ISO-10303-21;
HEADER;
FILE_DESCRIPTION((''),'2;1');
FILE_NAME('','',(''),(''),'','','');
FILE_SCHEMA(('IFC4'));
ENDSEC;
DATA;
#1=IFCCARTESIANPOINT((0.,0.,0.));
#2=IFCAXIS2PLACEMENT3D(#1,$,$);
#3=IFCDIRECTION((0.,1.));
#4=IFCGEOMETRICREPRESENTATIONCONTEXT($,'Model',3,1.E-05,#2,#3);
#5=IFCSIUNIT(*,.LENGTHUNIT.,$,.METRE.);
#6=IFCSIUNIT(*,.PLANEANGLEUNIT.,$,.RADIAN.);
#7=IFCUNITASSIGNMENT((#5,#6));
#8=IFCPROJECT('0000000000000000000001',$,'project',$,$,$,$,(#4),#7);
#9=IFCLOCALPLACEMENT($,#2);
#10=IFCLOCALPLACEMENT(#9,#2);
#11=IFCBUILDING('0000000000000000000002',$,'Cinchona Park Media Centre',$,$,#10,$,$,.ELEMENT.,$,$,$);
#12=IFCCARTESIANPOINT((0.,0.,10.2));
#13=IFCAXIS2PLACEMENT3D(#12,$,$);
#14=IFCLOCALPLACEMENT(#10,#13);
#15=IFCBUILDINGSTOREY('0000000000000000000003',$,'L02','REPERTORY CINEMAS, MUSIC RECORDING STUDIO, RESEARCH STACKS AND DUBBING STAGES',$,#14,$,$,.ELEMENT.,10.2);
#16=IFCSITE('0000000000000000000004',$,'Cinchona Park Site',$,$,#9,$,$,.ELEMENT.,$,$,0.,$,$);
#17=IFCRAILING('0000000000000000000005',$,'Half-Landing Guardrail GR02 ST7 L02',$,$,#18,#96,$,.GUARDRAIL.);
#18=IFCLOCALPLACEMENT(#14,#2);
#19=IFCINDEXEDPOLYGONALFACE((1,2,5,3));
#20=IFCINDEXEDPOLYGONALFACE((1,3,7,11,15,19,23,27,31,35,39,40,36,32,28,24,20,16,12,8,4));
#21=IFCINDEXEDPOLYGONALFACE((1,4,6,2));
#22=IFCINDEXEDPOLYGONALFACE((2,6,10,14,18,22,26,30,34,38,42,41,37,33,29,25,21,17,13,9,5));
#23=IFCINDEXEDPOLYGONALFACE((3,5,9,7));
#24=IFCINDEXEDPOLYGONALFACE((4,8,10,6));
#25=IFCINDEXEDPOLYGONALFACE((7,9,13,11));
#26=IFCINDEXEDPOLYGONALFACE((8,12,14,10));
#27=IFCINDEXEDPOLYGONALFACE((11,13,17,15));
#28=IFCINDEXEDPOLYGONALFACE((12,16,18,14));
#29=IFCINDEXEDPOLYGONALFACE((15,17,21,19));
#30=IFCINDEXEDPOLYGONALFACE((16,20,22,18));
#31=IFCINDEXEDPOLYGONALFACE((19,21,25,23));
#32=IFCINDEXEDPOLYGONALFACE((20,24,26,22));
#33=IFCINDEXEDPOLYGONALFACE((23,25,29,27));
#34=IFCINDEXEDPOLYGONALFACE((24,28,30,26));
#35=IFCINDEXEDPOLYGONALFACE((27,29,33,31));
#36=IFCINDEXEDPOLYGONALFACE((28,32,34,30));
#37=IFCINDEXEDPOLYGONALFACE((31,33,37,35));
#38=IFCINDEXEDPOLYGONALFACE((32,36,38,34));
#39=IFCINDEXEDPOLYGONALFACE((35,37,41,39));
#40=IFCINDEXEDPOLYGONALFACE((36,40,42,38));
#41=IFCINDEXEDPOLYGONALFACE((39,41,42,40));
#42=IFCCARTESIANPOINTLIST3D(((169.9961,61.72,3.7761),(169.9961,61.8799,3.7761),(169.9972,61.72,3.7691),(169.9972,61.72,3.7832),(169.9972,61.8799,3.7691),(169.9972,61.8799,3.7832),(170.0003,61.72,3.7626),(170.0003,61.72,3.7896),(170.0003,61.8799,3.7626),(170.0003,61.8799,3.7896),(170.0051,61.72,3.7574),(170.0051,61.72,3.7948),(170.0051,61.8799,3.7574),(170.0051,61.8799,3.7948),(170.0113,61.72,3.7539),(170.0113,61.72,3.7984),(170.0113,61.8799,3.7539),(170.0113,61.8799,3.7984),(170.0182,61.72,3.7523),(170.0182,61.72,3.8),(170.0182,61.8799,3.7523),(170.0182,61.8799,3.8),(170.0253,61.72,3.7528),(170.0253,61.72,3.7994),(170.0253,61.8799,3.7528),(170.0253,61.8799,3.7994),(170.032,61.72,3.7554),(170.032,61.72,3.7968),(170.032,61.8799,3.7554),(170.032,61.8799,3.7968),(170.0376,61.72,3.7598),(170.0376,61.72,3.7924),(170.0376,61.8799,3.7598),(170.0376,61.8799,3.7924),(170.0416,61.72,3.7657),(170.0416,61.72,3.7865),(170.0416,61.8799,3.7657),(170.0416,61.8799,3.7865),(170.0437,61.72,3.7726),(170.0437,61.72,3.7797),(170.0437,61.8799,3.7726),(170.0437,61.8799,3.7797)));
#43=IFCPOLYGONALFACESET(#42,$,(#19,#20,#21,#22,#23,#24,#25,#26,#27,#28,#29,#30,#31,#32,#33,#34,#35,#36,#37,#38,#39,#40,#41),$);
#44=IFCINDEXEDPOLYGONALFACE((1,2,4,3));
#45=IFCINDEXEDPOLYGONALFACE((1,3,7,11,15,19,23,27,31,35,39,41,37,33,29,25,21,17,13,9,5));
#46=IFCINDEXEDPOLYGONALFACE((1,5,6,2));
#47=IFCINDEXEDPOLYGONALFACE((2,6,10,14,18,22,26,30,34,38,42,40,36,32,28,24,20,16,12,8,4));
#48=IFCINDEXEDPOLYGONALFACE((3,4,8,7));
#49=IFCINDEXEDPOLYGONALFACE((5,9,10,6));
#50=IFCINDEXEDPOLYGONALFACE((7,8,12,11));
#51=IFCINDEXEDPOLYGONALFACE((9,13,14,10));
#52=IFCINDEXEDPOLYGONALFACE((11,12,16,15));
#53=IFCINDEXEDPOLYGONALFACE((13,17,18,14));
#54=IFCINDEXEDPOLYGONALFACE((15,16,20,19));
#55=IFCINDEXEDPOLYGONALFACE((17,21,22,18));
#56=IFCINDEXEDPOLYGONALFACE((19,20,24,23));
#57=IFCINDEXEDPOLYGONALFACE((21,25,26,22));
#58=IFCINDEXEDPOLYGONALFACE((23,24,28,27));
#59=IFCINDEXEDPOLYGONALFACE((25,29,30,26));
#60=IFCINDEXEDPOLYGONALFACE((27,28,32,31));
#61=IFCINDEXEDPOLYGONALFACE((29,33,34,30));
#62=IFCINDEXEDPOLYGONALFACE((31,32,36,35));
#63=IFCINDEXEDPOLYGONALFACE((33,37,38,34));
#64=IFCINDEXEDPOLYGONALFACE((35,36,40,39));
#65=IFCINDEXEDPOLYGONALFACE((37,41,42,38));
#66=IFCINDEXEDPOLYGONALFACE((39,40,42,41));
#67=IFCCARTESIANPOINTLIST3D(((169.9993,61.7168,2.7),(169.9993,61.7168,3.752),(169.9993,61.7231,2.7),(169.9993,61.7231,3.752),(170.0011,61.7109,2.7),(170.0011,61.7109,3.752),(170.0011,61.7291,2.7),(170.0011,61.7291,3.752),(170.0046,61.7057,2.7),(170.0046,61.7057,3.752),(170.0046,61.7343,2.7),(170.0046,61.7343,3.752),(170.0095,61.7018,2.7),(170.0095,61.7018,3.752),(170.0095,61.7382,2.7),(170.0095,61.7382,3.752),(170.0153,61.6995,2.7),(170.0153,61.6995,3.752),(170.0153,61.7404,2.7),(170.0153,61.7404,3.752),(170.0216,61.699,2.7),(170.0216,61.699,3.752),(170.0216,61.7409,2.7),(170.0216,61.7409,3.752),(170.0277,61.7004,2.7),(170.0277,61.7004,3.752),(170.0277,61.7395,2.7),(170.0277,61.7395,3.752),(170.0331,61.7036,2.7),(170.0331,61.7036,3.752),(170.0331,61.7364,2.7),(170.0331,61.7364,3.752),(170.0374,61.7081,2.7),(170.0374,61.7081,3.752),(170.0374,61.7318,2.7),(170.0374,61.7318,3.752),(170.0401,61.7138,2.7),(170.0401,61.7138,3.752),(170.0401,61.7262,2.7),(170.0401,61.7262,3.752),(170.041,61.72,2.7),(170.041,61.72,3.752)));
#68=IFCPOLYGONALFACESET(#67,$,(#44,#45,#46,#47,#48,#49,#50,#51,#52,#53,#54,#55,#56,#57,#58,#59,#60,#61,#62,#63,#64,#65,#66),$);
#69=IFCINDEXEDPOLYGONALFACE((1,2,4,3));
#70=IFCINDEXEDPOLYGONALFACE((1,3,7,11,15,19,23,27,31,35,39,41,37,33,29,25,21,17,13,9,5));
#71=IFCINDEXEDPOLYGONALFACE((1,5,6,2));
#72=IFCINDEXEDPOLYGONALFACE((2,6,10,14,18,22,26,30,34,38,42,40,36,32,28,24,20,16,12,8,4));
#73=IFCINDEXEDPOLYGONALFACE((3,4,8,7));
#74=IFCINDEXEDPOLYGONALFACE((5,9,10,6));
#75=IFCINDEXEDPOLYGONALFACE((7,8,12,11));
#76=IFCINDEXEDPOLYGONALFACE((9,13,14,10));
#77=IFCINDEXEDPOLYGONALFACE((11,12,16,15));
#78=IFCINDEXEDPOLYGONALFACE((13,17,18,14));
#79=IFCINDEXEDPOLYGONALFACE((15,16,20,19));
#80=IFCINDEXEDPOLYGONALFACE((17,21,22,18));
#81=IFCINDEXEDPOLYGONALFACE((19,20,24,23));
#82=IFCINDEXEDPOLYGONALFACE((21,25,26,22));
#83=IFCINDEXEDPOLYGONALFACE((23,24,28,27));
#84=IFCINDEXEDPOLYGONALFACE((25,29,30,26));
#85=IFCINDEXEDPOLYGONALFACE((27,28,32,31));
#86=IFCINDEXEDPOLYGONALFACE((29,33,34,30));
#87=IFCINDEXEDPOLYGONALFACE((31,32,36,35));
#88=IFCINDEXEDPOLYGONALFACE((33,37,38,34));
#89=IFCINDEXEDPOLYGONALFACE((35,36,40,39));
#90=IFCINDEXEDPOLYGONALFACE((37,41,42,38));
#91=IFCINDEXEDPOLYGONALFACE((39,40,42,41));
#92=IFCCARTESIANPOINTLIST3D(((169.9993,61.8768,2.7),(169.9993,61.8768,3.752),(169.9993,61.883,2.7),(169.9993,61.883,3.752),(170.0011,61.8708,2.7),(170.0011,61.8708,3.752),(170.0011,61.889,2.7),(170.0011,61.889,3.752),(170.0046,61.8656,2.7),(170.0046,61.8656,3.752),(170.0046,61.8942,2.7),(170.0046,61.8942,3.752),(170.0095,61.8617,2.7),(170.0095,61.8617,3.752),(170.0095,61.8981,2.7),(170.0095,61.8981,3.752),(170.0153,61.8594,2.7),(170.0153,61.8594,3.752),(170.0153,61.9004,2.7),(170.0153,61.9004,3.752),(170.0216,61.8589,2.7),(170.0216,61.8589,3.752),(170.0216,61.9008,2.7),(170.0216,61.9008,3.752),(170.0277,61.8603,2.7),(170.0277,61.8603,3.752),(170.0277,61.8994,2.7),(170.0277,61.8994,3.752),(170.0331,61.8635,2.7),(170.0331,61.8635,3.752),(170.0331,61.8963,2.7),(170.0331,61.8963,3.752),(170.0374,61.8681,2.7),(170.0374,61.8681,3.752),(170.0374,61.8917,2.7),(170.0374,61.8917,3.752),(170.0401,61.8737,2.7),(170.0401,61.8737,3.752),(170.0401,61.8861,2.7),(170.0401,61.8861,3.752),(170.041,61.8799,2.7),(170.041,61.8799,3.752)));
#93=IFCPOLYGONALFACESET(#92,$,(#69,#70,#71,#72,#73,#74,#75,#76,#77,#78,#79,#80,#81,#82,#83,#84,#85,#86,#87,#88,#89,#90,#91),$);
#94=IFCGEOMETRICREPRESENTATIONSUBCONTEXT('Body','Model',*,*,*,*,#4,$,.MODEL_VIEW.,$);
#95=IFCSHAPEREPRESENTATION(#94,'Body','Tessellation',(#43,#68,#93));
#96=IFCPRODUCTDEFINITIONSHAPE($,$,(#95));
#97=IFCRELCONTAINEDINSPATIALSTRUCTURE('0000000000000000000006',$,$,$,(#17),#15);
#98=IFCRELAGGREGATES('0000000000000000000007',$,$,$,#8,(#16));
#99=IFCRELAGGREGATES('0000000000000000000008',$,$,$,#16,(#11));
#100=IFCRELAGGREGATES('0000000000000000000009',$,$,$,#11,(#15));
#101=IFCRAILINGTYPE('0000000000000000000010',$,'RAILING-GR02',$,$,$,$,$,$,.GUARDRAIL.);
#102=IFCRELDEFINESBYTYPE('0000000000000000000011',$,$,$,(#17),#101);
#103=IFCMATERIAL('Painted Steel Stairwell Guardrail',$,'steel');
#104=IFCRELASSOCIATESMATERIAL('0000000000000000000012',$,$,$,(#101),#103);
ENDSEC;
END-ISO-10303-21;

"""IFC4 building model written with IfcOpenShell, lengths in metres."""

from ifc_helpers import new_model, si_unit, direction, frame, origin, origin_2d, place, context, subcontext, project, spatial, circle, extrude, material, type_object, element, save


model = new_model("IFC4")

# Units and contexts
model_context = context("Model", 3, precision=1e-05, world=origin(), true_north=direction((0.0, 1.0)))
body_context = subcontext(model_context, "Body", "Model", "MODEL_VIEW")
ifc_project = project(units=[si_unit("LENGTHUNIT", "METRE"), si_unit("PLANEANGLEUNIT", "RADIAN")], contexts=[model_context])

# Site, building, storey
site_placement = place(None, origin())
site = spatial("IfcSite", under=ifc_project, at=site_placement, Name="Cinchona Park Site", CompositionType="ELEMENT", RefElevation=0.0)
building_placement = place(site_placement, origin())
building = spatial("IfcBuilding", under=site, at=building_placement, Name="Cinchona Park Media Centre", CompositionType="ELEMENT")
storey_placement = place(building_placement, frame((0.0, 0.0, 10.2)))
storey = spatial("IfcBuildingStorey", under=building, at=storey_placement, Name="L02", Description="REPERTORY CINEMAS, MUSIC RECORDING STUDIO, RESEARCH STACKS AND DUBBING STAGES", CompositionType="ELEMENT", Elevation=10.2)

# Railing
ifc_material_1 = material(Name="Painted Steel Stairwell Guardrail", Category="steel")
railing_type_1 = type_object("IfcRailingType", Name="RAILING-GR02", PredefinedType="GUARDRAIL", material=ifc_material_1)
for number, where, name in (
    (1, (170.02, 61.72, 2.7), "Half-Landing Guardrail GR02 ST7 L02"),
):
    element("IfcRailing", number, at=place(storey_placement, frame(where)), inside=storey, type_object=railing_type_1, Name=name, PredefinedType="GUARDRAIL", context=body_context, shape_type="SweptSolid", body=[
        extrude(circle(Radius=0.0239, at=origin_2d()), frame((0.0, 0.0, 1.0762), z_axis=(0.0, 1.0, 0.0), x_axis=(-1.0, 0.0, 0.0)), (0.0, 0.0, 1.0), 0.1599),
        extrude(circle(Radius=0.021, at=origin_2d()), origin(), (0.0, 0.0, 1.0), 1.052),
        extrude(circle(Radius=0.021, at=origin_2d()), frame((0.0, 0.1599, 0.0)), (0.0, 0.0, 1.0), 1.052),
    ])

save(model, "model.ifc")
